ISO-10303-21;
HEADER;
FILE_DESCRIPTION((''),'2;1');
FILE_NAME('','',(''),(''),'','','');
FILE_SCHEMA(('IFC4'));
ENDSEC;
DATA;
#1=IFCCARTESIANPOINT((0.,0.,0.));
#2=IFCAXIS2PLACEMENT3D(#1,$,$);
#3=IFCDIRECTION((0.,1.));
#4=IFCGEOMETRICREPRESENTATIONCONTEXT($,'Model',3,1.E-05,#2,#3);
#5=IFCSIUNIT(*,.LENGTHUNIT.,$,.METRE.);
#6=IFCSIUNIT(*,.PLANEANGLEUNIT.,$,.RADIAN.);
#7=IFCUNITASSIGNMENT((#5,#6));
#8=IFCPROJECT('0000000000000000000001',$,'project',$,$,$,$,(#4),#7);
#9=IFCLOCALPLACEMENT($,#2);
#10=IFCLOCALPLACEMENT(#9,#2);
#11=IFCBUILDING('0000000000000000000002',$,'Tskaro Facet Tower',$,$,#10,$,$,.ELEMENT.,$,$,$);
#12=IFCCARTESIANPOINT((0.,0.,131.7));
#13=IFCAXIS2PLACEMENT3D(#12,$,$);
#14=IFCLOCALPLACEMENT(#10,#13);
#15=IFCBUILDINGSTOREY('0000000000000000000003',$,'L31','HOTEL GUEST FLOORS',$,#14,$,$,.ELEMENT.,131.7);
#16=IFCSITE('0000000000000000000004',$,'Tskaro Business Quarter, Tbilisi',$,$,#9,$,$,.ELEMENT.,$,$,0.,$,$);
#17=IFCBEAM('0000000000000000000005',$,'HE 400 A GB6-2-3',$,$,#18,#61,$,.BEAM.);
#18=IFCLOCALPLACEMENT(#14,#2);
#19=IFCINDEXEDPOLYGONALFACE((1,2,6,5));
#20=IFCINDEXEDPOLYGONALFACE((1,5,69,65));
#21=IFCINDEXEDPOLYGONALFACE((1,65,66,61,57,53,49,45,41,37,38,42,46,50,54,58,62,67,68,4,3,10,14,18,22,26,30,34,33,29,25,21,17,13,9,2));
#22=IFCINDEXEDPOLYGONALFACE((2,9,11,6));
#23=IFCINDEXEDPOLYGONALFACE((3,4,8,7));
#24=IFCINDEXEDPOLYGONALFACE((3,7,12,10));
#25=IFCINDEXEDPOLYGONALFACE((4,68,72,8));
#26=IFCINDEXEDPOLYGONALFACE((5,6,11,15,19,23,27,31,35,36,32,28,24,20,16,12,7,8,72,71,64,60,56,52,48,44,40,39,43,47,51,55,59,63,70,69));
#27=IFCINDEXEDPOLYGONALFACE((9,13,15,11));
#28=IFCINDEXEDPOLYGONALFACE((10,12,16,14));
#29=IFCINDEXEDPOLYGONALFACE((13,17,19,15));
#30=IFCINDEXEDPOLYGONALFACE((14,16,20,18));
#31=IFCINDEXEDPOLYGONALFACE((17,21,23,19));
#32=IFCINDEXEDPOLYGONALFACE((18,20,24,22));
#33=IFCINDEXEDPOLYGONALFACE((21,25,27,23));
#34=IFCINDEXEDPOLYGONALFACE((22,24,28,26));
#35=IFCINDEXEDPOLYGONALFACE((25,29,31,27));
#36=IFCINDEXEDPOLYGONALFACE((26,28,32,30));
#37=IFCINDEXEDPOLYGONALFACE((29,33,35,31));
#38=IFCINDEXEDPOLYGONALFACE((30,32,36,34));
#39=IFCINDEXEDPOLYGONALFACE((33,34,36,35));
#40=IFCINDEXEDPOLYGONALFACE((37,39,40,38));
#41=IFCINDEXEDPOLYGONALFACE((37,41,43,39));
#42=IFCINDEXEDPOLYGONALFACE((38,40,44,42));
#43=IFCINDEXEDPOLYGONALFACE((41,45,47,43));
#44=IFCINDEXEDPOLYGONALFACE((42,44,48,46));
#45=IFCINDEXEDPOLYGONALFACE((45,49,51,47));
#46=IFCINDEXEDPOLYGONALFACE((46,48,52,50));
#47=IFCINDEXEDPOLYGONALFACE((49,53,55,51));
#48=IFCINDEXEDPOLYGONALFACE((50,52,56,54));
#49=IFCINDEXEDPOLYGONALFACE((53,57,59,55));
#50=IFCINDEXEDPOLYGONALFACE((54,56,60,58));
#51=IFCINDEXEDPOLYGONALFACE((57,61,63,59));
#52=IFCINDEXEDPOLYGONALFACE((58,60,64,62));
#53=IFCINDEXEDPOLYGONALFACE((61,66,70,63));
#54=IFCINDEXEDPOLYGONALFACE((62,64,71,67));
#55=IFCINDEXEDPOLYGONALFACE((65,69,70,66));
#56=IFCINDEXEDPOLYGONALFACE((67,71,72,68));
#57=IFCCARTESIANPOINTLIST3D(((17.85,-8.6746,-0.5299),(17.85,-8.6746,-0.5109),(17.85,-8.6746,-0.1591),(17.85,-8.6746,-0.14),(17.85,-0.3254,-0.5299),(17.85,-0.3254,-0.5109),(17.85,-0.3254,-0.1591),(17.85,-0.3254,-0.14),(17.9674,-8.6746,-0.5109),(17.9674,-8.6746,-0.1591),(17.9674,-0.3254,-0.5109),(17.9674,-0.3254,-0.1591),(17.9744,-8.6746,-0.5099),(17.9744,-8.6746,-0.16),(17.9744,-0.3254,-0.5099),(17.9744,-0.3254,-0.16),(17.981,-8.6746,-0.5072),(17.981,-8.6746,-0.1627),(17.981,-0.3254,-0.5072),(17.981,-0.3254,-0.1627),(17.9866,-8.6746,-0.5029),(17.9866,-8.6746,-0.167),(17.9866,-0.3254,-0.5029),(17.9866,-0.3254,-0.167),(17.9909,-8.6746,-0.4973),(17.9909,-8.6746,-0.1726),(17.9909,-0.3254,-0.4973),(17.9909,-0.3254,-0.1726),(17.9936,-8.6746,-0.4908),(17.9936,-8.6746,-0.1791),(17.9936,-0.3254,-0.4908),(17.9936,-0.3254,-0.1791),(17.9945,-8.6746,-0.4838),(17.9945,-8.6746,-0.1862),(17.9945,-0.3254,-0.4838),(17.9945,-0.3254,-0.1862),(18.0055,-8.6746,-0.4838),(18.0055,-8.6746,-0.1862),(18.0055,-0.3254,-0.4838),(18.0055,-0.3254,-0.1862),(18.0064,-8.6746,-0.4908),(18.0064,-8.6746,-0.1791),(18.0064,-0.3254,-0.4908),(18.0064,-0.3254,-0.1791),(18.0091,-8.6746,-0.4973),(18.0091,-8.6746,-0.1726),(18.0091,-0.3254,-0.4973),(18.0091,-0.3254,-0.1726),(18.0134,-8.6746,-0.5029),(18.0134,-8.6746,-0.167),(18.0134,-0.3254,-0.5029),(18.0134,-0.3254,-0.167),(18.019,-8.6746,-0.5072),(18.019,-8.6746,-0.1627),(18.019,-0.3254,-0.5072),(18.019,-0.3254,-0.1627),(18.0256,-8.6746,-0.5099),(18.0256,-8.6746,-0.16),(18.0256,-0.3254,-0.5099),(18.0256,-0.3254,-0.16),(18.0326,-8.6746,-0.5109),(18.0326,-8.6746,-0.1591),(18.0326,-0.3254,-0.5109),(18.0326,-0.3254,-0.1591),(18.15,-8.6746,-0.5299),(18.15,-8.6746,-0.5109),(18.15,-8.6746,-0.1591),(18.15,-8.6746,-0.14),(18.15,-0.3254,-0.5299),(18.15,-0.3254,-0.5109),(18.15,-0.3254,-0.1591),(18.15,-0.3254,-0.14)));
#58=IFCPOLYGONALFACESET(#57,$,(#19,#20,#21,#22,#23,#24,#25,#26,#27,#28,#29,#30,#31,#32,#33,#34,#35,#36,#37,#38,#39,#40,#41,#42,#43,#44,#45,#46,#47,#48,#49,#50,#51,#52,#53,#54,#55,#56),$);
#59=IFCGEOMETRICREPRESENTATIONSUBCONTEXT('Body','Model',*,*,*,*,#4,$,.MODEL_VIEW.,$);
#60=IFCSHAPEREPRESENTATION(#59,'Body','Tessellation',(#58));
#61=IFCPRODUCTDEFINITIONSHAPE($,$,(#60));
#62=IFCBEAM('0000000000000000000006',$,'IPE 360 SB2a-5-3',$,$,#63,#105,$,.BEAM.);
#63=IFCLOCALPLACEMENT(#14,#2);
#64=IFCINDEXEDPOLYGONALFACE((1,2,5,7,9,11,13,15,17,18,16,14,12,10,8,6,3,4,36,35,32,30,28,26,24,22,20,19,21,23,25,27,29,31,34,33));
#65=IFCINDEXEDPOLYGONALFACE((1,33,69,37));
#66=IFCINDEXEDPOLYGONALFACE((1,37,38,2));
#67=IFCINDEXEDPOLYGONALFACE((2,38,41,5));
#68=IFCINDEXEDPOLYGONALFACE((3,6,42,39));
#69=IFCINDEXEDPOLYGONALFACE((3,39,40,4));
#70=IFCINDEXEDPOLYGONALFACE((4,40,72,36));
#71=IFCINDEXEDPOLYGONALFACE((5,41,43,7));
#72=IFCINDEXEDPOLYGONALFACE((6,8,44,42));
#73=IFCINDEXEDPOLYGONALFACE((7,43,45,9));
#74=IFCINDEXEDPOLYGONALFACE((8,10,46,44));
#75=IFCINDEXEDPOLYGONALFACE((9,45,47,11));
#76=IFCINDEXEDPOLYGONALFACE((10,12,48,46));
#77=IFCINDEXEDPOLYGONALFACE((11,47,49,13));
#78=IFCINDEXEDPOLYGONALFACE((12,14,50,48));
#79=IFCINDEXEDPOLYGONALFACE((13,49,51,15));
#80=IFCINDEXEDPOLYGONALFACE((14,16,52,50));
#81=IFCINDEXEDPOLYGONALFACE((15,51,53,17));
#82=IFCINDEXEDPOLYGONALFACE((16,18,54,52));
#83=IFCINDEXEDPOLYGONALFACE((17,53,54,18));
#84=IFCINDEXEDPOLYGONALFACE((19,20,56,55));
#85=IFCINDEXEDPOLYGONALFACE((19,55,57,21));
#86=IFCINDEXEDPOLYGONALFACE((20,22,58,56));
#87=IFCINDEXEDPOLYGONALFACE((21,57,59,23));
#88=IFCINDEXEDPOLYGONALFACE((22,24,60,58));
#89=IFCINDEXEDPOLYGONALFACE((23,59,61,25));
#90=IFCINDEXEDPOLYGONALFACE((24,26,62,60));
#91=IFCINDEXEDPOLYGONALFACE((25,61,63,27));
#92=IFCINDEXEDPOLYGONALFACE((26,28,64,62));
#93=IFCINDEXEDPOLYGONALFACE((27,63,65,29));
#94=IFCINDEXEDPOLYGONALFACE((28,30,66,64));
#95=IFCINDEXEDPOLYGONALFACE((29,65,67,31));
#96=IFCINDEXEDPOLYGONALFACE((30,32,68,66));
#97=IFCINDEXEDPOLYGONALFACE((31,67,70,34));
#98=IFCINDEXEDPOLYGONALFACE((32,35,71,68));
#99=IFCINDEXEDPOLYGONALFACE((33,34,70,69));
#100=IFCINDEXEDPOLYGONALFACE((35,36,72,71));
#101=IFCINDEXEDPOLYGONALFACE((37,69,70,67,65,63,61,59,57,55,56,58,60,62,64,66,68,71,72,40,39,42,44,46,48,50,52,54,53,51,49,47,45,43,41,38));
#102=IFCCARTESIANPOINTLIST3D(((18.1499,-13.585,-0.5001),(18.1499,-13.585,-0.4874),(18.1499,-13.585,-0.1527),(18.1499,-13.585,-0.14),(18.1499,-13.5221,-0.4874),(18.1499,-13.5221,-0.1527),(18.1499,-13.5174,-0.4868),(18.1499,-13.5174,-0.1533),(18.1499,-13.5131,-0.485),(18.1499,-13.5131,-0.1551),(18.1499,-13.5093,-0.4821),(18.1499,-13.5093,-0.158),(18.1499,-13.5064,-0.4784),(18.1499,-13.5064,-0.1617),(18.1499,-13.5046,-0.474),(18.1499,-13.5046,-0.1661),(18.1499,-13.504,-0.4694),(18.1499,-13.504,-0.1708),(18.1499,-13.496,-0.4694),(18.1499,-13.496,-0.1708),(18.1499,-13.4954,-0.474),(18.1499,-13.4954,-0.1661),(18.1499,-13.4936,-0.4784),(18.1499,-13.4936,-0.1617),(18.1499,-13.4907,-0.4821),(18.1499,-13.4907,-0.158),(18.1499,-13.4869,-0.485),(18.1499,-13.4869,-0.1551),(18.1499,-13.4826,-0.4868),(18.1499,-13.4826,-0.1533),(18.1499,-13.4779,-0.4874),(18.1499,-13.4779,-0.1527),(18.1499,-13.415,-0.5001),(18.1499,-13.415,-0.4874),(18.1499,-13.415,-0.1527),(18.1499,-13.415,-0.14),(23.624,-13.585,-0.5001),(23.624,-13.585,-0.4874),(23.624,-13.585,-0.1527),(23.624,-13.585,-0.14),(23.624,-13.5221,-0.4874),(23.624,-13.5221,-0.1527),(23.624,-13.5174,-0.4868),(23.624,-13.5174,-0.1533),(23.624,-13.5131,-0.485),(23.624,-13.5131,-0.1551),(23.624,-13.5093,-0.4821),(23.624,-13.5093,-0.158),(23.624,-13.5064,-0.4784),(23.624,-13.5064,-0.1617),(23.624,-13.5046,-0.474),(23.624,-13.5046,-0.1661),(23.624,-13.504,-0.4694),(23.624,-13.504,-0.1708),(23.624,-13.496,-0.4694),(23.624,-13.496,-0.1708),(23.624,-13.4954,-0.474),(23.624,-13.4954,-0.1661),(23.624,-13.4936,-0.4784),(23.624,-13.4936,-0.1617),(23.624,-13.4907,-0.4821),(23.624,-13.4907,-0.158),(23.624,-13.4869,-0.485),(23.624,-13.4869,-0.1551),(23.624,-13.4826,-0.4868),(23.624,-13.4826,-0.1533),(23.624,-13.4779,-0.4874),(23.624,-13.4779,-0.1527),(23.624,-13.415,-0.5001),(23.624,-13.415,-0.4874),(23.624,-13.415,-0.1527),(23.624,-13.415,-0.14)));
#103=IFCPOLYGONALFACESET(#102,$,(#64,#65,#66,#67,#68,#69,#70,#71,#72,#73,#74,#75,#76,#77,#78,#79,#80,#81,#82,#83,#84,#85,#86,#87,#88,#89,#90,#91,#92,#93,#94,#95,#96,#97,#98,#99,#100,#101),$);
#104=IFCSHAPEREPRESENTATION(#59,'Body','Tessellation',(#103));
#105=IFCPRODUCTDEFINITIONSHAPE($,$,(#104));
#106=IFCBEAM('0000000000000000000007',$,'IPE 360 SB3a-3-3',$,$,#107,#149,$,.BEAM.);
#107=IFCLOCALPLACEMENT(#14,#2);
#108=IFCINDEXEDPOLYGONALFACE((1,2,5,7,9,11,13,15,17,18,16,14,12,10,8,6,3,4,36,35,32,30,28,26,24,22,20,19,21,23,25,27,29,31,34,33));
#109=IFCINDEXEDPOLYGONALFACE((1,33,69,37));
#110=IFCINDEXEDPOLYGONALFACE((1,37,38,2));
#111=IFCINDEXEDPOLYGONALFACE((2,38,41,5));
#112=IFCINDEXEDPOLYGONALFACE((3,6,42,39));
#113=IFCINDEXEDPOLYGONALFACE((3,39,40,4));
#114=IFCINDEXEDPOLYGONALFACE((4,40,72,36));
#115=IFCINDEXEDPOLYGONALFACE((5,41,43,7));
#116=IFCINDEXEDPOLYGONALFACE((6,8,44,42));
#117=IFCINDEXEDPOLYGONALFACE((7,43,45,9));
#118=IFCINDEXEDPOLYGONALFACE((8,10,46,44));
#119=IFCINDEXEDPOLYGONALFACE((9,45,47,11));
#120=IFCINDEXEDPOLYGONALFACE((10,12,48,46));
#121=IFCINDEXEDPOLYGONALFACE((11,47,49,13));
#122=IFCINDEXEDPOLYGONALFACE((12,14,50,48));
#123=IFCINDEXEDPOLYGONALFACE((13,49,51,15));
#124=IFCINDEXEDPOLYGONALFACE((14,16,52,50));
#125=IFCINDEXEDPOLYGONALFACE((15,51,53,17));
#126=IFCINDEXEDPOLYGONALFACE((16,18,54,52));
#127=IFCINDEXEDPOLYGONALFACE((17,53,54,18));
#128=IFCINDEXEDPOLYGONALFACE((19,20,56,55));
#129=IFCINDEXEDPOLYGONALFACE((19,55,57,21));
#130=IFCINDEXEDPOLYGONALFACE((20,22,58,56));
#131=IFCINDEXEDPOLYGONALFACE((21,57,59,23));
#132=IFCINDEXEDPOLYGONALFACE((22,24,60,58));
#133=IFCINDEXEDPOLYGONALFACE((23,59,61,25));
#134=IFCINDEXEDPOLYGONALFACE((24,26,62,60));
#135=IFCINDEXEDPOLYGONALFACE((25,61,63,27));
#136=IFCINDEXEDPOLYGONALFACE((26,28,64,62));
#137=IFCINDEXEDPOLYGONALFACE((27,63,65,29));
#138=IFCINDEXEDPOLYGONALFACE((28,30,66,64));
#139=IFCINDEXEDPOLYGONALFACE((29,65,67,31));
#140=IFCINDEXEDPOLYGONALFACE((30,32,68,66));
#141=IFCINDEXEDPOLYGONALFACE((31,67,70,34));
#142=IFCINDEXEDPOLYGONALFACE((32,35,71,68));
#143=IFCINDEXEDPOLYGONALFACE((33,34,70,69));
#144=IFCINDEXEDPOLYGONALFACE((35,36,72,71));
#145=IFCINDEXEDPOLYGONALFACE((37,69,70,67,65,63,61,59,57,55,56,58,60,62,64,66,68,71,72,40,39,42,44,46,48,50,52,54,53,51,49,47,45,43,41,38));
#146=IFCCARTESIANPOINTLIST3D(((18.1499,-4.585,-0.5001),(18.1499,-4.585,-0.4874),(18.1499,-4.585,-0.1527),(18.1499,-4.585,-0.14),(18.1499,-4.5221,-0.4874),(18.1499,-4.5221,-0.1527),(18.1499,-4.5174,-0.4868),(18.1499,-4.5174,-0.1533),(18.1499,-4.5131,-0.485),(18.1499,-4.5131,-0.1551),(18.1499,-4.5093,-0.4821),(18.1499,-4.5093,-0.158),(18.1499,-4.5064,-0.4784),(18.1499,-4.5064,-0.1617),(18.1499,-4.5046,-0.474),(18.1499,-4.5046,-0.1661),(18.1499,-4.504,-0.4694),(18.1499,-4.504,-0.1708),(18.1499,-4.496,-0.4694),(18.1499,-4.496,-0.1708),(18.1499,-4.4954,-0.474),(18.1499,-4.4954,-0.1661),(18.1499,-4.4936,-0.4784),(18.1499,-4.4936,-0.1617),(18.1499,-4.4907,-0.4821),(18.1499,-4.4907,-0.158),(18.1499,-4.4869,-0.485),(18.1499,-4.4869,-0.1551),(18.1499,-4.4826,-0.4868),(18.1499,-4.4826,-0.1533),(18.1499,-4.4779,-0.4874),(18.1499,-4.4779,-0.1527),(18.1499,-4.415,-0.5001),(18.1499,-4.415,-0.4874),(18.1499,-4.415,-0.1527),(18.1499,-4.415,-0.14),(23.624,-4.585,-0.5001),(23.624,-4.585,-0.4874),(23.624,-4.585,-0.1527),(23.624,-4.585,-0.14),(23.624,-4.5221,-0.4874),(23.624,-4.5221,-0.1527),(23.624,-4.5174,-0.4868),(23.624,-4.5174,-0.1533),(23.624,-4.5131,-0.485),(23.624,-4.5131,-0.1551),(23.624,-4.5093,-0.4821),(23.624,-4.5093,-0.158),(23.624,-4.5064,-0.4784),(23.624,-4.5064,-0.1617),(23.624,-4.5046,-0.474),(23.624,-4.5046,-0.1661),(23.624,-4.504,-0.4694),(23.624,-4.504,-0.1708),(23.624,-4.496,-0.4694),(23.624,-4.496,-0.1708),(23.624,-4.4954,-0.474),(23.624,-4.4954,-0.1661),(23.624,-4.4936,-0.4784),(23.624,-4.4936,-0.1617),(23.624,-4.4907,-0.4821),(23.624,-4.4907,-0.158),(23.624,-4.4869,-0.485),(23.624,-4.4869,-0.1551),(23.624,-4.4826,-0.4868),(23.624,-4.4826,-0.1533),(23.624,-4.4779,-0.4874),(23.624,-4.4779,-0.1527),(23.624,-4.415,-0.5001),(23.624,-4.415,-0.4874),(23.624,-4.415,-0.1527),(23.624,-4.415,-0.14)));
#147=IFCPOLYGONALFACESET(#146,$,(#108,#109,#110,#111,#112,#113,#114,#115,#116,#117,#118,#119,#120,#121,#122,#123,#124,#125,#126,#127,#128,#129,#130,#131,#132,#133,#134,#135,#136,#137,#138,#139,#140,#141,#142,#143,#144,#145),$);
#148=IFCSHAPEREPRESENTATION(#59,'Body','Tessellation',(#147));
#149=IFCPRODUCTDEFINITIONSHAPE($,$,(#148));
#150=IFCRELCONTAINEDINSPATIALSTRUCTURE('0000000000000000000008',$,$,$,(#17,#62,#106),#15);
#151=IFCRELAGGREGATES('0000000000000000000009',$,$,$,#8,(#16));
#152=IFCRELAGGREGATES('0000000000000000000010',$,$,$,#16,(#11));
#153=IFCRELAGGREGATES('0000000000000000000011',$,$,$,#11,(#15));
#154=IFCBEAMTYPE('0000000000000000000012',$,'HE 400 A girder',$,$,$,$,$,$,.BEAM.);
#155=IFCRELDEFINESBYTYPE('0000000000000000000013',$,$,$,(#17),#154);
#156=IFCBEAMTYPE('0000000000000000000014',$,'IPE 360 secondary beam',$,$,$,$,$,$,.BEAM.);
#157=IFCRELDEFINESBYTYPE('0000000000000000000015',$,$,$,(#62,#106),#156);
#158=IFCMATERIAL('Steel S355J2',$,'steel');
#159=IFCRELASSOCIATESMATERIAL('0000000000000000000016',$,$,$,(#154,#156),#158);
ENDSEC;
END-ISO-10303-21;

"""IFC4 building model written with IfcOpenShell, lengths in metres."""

from ifc_helpers import new_model, si_unit, direction, frame, origin, origin_2d, place, context, subcontext, project, spatial, i_section, extrude, material, material_profile, profile_set, type_object, element, save


model = new_model("IFC4")

# Units and contexts
model_context = context("Model", 3, precision=1e-05, world=origin(), true_north=direction((0.0, 1.0)))
body_context = subcontext(model_context, "Body", "Model", "MODEL_VIEW")
ifc_project = project(units=[si_unit("LENGTHUNIT", "METRE"), si_unit("PLANEANGLEUNIT", "RADIAN")], contexts=[model_context])

# Site, building, storey
site_placement = place(None, origin())
site = spatial("IfcSite", under=ifc_project, at=site_placement, Name="Tskaro Business Quarter, Tbilisi", CompositionType="ELEMENT", RefElevation=0.0)
building_placement = place(site_placement, origin())
building = spatial("IfcBuilding", under=site, at=building_placement, Name="Tskaro Facet Tower", CompositionType="ELEMENT")
storey_placement = place(building_placement, frame((0.0, 0.0, 131.7)))
storey = spatial("IfcBuildingStorey", under=building, at=storey_placement, Name="L31", Description="HOTEL GUEST FLOORS", CompositionType="ELEMENT", Elevation=131.7)

# Beams
ifc_material_1 = material(Name="Steel S355J2", Category="steel")
ifc_material_profile_1 = material_profile(ifc_material_1, i_section(OverallWidth=0.3, OverallDepth=0.3899, WebThickness=0.011, FlangeThickness=0.019, FilletRadius=0.0271, at=origin_2d()), Name="HE 400 A")
ifc_profile_set_1 = profile_set([ifc_material_profile_1], Name="Steel S355J2")
beam_type_1 = type_object("IfcBeamType", Name="HE 400 A girder", PredefinedType="BEAM", material=ifc_profile_set_1)
beam_1_placement = place(storey_placement, frame((18.0, -8.6746, -0.335), z_axis=(0.0, 1.0, 0.0), x_axis=(-1.0, 0.0, 0.0)))
element("IfcBeam", 1, at=beam_1_placement, inside=storey, type_object=beam_type_1, Name="HE 400 A GB6-2-3", PredefinedType="BEAM", context=body_context, shape_type="SweptSolid", body=[
    extrude(i_section(OverallWidth=0.3, OverallDepth=0.3899, WebThickness=0.011, FlangeThickness=0.019, FilletRadius=0.0271, at=origin_2d()), origin(), (0.0, 0.0, 1.0), 8.3491),
])
ifc_material_profile_2 = material_profile(ifc_material_1, i_section(OverallWidth=0.1699, OverallDepth=0.3601, WebThickness=0.0081, FlangeThickness=0.0127, FilletRadius=0.0181, at=origin_2d()), Name="IPE 360")
ifc_profile_set_2 = profile_set([ifc_material_profile_2], Name="Steel S355J2")
beam_type_2 = type_object("IfcBeamType", Name="IPE 360 secondary beam", PredefinedType="BEAM", material=ifc_profile_set_2)
for number, where, z_axis, x_axis, name in (
    (2, (18.1499, -13.5, -0.3201), (1.0, 0.0, 0.0), (0.0, 1.0, 0.0), "IPE 360 SB2a-5-3"),
    (3, (18.1499, -4.5, -0.3201), (1.0, 0.0, 0.0), (0.0, 1.0, 0.0), "IPE 360 SB3a-3-3"),
):
    element("IfcBeam", number, at=place(storey_placement, frame(where, z_axis=z_axis, x_axis=x_axis)), inside=storey, type_object=beam_type_2, Name=name, PredefinedType="BEAM", context=body_context, shape_type="SweptSolid", body=[
        extrude(i_section(OverallWidth=0.1699, OverallDepth=0.3601, WebThickness=0.0081, FlangeThickness=0.0127, FilletRadius=0.0181, at=origin_2d()), origin(), (0.0, 0.0, 1.0), 5.4741),
    ])

save(model, "model.ifc")
